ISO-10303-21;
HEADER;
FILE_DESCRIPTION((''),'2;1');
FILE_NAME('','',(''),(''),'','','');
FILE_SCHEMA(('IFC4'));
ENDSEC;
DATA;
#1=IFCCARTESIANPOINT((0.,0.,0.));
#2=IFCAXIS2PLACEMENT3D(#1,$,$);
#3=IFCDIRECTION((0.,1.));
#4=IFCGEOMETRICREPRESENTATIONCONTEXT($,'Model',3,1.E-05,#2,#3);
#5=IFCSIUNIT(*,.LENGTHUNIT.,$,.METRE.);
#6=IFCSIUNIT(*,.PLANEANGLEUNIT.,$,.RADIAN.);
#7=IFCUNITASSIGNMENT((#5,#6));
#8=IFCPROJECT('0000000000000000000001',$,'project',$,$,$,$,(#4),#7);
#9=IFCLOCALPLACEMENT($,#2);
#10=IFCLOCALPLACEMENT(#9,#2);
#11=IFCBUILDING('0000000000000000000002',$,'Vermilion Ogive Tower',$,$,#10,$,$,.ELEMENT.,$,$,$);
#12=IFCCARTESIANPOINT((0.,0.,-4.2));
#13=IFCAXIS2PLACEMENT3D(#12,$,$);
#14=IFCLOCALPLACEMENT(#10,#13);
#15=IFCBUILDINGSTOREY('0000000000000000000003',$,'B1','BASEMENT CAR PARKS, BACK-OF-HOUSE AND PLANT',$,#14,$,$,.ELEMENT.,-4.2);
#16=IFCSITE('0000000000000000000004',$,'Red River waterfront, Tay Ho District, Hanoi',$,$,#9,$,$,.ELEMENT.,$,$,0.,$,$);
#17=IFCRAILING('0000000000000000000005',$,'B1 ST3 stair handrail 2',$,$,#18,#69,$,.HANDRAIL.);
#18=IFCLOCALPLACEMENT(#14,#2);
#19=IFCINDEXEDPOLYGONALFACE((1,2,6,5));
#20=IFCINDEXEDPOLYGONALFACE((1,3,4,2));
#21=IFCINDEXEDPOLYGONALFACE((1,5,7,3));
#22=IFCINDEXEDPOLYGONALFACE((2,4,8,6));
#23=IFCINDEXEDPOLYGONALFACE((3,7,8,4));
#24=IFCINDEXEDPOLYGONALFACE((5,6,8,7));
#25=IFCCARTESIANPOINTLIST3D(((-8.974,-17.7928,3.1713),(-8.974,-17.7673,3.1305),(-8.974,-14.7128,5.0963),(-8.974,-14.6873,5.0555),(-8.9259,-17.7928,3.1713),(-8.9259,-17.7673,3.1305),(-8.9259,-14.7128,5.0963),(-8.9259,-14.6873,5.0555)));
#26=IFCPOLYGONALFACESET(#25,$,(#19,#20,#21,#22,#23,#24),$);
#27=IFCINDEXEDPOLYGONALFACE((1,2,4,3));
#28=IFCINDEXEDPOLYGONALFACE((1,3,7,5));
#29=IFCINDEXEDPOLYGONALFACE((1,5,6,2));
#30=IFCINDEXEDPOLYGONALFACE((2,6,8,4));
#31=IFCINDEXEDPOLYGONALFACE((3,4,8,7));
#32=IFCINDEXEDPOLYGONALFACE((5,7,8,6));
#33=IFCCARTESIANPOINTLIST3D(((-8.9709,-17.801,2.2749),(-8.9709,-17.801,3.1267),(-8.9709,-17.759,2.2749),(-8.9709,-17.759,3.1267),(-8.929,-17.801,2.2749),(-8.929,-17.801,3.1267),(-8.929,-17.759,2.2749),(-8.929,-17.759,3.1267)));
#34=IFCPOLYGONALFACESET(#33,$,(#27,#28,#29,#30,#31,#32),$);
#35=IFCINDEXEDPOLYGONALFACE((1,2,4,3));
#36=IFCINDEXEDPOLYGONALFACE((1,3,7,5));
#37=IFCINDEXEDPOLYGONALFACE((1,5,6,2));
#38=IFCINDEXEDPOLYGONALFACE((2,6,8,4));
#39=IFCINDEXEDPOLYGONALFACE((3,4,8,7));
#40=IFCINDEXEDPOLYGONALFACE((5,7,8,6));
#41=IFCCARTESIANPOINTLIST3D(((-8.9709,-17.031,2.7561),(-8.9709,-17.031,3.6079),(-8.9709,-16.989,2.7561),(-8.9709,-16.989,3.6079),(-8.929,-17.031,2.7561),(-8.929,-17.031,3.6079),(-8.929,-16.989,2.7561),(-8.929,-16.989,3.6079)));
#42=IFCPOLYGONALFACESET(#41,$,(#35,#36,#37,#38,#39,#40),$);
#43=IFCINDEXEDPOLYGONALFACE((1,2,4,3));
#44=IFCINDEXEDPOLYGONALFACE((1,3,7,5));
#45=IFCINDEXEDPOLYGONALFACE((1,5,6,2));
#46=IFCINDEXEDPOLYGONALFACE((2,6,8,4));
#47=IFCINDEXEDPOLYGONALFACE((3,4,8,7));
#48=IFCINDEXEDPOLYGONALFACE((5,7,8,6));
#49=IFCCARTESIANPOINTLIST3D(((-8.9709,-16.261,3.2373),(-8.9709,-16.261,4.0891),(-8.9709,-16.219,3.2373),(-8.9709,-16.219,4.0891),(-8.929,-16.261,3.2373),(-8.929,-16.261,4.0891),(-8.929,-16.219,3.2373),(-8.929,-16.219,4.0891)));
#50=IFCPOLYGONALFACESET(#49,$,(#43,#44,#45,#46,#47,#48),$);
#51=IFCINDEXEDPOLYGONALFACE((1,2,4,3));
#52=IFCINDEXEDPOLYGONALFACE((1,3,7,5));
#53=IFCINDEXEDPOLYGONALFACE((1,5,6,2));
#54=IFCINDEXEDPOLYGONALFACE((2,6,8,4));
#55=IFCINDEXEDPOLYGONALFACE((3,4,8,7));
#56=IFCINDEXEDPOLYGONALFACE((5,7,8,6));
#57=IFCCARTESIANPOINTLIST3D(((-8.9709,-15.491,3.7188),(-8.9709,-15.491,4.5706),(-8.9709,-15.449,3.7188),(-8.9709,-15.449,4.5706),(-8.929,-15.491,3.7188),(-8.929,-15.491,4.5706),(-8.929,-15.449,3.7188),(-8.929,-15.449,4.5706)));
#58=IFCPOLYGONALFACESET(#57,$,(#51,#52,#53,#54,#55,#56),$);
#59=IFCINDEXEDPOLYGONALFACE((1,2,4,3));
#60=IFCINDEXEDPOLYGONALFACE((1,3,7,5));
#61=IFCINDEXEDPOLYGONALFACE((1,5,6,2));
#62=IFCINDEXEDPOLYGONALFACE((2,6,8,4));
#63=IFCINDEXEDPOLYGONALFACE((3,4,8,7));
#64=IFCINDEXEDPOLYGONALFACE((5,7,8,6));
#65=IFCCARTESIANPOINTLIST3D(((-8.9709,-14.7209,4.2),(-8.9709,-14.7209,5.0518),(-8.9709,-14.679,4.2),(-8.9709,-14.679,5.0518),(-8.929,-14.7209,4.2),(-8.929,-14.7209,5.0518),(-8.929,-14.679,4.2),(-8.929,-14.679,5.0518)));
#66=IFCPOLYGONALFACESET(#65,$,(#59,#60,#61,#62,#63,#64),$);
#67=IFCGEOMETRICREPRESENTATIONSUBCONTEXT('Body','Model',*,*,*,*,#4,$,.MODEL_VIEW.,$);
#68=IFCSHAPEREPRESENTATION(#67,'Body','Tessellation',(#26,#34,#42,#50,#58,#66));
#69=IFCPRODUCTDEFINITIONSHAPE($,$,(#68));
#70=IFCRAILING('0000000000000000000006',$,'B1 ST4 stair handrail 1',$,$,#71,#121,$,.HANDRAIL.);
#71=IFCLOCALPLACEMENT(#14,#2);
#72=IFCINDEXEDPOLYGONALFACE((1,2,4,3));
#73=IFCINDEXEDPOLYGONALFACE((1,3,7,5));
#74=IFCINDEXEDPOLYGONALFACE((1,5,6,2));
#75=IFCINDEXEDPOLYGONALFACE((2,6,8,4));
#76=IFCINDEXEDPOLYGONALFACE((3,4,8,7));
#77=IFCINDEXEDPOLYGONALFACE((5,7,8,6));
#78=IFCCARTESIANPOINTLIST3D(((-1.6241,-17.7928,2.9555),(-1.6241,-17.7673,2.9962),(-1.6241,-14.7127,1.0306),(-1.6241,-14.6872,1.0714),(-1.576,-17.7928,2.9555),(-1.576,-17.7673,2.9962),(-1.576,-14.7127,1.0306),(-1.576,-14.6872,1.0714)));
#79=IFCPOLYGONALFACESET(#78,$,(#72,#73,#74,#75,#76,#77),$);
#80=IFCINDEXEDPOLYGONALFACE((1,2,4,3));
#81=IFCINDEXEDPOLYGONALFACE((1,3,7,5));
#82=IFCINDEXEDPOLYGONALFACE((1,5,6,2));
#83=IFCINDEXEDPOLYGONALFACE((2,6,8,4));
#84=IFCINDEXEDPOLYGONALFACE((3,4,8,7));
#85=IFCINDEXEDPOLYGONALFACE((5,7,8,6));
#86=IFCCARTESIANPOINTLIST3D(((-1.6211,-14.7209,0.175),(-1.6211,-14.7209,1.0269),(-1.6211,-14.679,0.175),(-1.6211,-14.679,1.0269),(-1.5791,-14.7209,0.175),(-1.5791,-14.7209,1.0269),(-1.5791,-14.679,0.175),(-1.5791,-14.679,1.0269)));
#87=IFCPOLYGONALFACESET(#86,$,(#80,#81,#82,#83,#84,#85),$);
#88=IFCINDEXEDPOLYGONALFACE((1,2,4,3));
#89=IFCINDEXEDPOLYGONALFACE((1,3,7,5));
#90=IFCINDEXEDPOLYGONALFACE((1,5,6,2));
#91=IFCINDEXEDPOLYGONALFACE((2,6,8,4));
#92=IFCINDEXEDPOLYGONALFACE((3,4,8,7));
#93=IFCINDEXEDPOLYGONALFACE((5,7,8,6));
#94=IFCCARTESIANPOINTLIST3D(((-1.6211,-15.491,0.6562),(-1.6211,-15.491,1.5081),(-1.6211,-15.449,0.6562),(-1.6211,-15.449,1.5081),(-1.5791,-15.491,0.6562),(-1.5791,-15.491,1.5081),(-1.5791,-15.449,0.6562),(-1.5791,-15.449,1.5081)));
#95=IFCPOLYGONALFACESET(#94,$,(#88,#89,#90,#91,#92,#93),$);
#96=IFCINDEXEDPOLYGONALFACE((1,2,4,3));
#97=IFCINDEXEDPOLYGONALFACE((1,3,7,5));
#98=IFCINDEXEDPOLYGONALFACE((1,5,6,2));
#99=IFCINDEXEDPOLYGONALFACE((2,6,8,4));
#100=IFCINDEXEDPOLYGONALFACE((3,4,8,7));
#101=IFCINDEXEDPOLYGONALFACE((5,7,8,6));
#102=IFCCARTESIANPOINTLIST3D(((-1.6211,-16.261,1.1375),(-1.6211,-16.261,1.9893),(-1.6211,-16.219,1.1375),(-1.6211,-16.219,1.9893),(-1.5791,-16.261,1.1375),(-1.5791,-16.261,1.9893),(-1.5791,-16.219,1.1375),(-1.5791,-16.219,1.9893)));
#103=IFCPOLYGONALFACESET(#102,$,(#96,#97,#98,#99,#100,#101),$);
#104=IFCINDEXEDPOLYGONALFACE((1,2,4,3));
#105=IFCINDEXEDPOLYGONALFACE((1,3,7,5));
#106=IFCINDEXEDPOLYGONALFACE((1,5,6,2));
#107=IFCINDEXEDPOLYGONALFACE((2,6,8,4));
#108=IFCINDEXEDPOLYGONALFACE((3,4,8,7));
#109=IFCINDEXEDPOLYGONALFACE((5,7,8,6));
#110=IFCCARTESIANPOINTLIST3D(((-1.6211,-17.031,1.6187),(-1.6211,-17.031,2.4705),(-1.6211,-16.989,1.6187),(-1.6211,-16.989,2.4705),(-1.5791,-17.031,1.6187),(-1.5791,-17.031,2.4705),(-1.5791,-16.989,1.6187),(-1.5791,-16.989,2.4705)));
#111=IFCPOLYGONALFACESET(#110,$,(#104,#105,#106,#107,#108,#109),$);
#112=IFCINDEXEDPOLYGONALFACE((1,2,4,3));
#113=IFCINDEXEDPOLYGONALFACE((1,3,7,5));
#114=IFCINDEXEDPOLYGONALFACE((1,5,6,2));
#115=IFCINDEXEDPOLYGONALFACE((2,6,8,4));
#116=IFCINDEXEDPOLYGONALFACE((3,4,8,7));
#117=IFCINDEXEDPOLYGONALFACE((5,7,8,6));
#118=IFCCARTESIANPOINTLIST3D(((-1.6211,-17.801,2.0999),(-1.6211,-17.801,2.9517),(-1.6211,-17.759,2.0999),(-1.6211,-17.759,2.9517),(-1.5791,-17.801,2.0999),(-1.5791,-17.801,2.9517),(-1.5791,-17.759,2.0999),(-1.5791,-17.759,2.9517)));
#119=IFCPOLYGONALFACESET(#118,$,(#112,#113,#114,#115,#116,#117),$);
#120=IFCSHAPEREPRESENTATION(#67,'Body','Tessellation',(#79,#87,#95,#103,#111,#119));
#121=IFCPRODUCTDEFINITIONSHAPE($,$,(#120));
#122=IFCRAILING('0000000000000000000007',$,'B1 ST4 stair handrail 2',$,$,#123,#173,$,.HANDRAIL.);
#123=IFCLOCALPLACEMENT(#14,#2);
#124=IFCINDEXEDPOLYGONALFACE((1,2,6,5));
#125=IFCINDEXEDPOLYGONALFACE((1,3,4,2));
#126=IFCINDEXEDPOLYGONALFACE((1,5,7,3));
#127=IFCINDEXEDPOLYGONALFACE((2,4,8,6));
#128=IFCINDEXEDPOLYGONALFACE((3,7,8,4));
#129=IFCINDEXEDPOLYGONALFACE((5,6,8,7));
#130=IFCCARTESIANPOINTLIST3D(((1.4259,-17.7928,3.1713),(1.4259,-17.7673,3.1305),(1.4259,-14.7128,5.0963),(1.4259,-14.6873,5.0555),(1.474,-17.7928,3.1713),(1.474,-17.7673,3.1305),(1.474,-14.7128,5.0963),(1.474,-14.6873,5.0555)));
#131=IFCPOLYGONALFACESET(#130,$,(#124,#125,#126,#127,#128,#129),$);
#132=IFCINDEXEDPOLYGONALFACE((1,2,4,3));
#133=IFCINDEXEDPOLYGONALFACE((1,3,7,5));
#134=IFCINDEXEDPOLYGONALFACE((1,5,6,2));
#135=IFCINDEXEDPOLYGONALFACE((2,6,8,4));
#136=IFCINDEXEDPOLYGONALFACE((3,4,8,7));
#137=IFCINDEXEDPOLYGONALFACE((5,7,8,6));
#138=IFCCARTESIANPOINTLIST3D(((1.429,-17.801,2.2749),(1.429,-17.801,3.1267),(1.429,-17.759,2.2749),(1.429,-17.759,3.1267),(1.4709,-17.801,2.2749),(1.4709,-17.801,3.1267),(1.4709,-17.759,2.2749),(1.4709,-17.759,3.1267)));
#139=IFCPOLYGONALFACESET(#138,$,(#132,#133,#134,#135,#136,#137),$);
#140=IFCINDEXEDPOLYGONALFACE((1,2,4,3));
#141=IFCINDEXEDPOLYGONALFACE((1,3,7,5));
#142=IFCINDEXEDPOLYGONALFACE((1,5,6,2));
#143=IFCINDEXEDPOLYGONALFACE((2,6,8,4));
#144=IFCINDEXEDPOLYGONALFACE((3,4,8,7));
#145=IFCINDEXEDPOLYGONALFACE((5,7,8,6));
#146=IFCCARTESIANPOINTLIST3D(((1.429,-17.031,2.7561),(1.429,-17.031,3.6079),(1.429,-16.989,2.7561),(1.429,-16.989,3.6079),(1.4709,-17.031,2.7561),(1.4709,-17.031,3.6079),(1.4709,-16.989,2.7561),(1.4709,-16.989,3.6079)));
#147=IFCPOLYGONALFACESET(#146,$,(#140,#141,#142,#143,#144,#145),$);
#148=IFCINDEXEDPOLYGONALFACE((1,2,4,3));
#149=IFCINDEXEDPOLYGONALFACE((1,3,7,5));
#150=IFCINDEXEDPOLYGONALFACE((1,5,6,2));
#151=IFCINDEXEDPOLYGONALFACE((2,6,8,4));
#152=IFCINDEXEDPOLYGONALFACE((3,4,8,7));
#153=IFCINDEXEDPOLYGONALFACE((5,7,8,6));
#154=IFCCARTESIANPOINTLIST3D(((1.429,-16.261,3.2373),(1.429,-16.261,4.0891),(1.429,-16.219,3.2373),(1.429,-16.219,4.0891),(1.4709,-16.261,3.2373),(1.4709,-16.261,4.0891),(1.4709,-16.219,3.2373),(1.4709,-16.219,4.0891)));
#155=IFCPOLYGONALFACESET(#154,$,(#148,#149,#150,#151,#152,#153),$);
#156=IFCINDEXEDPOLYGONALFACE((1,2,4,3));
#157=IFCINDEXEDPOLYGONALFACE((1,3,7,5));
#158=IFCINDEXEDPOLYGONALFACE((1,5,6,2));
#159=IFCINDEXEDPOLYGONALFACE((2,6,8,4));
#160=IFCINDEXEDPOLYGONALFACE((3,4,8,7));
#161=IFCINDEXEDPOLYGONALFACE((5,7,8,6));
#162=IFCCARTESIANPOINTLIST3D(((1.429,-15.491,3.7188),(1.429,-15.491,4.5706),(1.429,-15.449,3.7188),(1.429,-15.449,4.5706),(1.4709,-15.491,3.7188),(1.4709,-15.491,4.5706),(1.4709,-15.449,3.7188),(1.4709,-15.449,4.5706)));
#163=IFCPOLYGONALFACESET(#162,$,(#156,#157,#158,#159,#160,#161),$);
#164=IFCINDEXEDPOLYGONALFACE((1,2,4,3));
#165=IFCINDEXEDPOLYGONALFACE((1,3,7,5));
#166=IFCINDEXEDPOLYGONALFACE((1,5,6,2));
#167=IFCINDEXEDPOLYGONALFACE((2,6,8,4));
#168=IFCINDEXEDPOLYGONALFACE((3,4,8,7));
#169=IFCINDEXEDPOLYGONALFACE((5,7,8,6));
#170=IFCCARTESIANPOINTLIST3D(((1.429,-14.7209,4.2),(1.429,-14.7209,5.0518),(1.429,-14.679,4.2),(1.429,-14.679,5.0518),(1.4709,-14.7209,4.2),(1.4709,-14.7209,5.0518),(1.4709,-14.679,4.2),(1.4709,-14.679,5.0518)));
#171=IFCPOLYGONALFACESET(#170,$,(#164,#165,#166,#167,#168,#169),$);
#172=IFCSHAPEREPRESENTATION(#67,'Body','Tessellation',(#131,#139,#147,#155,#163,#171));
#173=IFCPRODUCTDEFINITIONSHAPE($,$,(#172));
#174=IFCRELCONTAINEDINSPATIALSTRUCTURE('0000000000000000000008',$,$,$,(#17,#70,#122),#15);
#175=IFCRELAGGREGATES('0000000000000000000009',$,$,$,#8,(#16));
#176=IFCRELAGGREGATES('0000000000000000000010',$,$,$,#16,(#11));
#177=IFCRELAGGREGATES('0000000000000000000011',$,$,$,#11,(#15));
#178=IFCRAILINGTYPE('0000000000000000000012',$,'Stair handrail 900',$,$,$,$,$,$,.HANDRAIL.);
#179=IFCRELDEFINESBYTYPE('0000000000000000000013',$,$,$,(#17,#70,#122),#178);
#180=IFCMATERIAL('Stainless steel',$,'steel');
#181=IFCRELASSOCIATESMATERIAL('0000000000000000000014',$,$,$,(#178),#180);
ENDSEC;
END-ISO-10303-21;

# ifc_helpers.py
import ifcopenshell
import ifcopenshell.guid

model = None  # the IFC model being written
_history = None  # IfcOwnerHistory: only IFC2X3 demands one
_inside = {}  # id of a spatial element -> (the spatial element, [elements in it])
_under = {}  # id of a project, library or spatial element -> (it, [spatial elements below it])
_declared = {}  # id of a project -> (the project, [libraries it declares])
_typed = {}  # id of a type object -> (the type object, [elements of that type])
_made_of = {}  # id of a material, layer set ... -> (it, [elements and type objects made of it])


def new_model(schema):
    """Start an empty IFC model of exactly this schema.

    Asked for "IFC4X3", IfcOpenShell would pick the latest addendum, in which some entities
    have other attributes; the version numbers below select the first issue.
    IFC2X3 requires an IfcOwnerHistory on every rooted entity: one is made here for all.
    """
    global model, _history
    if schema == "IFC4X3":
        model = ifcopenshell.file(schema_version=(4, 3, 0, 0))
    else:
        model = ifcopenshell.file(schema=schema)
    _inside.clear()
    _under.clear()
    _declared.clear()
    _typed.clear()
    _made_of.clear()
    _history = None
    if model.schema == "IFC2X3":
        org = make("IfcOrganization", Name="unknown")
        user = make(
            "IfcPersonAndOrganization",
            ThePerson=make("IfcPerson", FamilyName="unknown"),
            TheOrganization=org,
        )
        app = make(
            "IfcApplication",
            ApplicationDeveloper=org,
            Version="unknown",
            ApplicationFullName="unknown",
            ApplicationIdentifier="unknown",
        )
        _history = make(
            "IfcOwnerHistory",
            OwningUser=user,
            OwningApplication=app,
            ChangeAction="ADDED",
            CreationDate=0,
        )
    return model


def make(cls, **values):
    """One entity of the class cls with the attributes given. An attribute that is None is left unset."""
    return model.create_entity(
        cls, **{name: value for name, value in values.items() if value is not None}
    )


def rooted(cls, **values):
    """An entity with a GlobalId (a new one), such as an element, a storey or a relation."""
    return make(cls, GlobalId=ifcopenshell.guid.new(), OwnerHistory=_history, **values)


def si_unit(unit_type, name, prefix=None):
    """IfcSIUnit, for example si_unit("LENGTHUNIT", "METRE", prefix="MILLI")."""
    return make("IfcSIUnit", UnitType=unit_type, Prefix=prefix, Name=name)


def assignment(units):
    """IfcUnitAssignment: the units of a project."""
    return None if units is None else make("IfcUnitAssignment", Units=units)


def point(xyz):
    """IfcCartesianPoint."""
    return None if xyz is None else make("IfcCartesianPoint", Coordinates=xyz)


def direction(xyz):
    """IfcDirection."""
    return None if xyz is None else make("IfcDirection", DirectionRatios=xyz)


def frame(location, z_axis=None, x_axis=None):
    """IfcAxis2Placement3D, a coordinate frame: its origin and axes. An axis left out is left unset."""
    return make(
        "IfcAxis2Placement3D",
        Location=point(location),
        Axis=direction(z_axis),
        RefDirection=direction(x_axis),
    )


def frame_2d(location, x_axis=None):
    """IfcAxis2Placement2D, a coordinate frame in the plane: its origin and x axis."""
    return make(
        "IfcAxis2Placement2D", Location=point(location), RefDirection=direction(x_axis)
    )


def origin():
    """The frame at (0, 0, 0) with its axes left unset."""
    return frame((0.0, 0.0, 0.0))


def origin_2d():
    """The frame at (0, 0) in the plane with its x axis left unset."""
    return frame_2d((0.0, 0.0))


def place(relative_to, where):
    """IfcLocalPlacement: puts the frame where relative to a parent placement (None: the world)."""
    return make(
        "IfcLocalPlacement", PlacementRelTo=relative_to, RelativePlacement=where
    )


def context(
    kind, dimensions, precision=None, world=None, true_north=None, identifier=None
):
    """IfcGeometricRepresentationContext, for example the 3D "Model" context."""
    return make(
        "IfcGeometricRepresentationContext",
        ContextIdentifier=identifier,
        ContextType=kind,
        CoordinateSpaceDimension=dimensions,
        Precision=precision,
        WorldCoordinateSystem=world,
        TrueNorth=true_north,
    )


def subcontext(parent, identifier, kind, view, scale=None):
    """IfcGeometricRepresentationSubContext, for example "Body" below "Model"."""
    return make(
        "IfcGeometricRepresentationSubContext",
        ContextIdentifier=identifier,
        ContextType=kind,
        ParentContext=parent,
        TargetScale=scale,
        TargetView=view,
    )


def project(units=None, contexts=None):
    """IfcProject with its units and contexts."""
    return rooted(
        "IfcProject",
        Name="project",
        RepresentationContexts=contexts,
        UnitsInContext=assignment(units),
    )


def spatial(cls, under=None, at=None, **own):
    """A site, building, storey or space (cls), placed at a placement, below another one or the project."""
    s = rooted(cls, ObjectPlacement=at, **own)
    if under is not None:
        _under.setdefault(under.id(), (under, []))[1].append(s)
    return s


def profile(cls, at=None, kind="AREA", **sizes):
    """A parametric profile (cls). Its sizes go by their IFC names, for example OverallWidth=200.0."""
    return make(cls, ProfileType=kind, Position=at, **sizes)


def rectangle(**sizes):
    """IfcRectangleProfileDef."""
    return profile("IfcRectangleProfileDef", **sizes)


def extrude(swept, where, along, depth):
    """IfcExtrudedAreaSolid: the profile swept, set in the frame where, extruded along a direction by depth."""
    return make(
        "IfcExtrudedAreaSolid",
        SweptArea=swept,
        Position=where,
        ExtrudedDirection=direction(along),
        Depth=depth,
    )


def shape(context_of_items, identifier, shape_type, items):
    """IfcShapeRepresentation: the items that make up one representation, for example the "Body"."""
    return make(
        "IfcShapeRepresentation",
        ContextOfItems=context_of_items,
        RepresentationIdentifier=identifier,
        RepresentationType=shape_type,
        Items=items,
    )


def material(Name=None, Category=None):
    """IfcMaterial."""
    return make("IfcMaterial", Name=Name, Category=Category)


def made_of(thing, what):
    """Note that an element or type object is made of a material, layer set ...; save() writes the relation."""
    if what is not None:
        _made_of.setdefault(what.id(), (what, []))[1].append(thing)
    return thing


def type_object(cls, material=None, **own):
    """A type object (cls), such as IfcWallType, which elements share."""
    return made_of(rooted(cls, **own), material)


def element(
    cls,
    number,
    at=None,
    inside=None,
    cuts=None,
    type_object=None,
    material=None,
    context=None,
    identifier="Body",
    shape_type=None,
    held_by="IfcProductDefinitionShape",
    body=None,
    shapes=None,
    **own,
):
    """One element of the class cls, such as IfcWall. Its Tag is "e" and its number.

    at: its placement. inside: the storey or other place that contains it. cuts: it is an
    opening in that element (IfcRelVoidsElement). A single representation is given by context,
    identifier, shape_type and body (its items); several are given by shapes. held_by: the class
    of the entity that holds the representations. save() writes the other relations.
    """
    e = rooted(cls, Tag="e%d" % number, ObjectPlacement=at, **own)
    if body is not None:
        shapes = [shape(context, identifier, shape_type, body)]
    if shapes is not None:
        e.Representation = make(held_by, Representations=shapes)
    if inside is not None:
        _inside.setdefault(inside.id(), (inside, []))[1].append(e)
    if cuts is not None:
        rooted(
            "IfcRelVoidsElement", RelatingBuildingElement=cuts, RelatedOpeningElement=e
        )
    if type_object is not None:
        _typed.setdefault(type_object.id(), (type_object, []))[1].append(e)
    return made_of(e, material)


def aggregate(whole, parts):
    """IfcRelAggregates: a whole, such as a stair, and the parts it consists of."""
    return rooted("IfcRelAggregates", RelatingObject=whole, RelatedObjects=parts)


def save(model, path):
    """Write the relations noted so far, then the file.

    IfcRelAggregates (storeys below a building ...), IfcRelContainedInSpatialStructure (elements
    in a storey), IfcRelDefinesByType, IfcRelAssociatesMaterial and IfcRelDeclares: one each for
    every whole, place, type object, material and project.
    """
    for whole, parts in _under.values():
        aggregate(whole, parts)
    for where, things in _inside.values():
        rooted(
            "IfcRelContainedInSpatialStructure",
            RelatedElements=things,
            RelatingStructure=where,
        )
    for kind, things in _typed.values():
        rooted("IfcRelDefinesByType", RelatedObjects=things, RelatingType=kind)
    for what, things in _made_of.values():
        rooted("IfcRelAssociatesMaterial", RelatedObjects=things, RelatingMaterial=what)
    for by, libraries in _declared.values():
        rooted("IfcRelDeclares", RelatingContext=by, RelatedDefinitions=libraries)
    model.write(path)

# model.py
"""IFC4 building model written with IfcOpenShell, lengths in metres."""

from ifc_helpers import new_model, si_unit, direction, frame, origin, origin_2d, place, context, subcontext, project, spatial, rectangle, extrude, material, type_object, element, save


model = new_model("IFC4")

# Units and contexts
model_context = context("Model", 3, precision=1e-05, world=origin(), true_north=direction((0.0, 1.0)))
body_context = subcontext(model_context, "Body", "Model", "MODEL_VIEW")
ifc_project = project(units=[si_unit("LENGTHUNIT", "METRE"), si_unit("PLANEANGLEUNIT", "RADIAN")], contexts=[model_context])

# Site, building, storey
site_placement = place(None, origin())
site = spatial("IfcSite", under=ifc_project, at=site_placement, Name="Red River waterfront, Tay Ho District, Hanoi", CompositionType="ELEMENT", RefElevation=0.0)
building_placement = place(site_placement, origin())
building = spatial("IfcBuilding", under=site, at=building_placement, Name="Vermilion Ogive Tower", CompositionType="ELEMENT")
storey_placement = place(building_placement, frame((0.0, 0.0, -4.2)))
storey = spatial("IfcBuildingStorey", under=building, at=storey_placement, Name="B1", Description="BASEMENT CAR PARKS, BACK-OF-HOUSE AND PLANT", CompositionType="ELEMENT", Elevation=-4.2)

# Railings
ifc_material_1 = material(Name="Stainless steel", Category="steel")
railing_type_1 = type_object("IfcRailingType", Name="Stair handrail 900", PredefinedType="HANDRAIL", material=ifc_material_1)
railing_1_placement = place(storey_placement, frame((-8.95, -17.78, 2.2749)))
element("IfcRailing", 1, at=railing_1_placement, inside=storey, type_object=railing_type_1, Name="B1 ST3 stair handrail 2", PredefinedType="HANDRAIL", context=body_context, shape_type="SweptSolid", body=[
    extrude(rectangle(XDim=0.0481, YDim=0.0481, at=origin_2d()), frame((0.0, 0.0, 0.876), z_axis=(0.0, 0.847998, 0.529999), x_axis=(-1.0, 0.0, 0.0)), (0.0, 0.0, 1.0), 3.6321),
    extrude(rectangle(XDim=0.042, YDim=0.042, at=origin_2d()), origin(), (0.0, 0.0, 1.0), 0.8518),
    extrude(rectangle(XDim=0.042, YDim=0.042, at=origin_2d()), frame((0.0, 0.77, 0.4812)), (0.0, 0.0, 1.0), 0.8518),
    extrude(rectangle(XDim=0.042, YDim=0.042, at=origin_2d()), frame((0.0, 1.54, 0.9624)), (0.0, 0.0, 1.0), 0.8518),
    extrude(rectangle(XDim=0.042, YDim=0.042, at=origin_2d()), frame((0.0, 2.3101, 1.4438)), (0.0, 0.0, 1.0), 0.8518),
    extrude(rectangle(XDim=0.042, YDim=0.042, at=origin_2d()), frame((0.0, 3.0801, 1.925)), (0.0, 0.0, 1.0), 0.8518),
])
railing_2_placement = place(storey_placement, frame((-1.6001, -14.7, 0.175)))
element("IfcRailing", 2, at=railing_2_placement, inside=storey, type_object=railing_type_1, Name="B1 ST4 stair handrail 1", PredefinedType="HANDRAIL", context=body_context, shape_type="SweptSolid", body=[
    extrude(rectangle(XDim=0.0481, YDim=0.0481, at=origin_2d()), frame((0.0, 0.0, 0.876), z_axis=(0.0, -0.848029, 0.529951), x_axis=(1.0, 0.0, 0.0)), (0.0, 0.0, 1.0), 3.6321),
    extrude(rectangle(XDim=0.042, YDim=0.042, at=origin_2d()), origin(), (0.0, 0.0, 1.0), 0.8518),
    extrude(rectangle(XDim=0.042, YDim=0.042, at=origin_2d()), frame((0.0, -0.77, 0.4812)), (0.0, 0.0, 1.0), 0.8518),
    extrude(rectangle(XDim=0.042, YDim=0.042, at=origin_2d()), frame((0.0, -1.54, 0.9624)), (0.0, 0.0, 1.0), 0.8518),
    extrude(rectangle(XDim=0.042, YDim=0.042, at=origin_2d()), frame((0.0, -2.3101, 1.4436)), (0.0, 0.0, 1.0), 0.8518),
    extrude(rectangle(XDim=0.042, YDim=0.042, at=origin_2d()), frame((0.0, -3.0801, 1.9248)), (0.0, 0.0, 1.0), 0.8518),
])
railing_3_placement = place(storey_placement, frame((1.45, -17.78, 2.2749)))
element("IfcRailing", 3, at=railing_3_placement, inside=storey, type_object=railing_type_1, Name="B1 ST4 stair handrail 2", PredefinedType="HANDRAIL", context=body_context, shape_type="SweptSolid", body=[
    extrude(rectangle(XDim=0.0481, YDim=0.0481, at=origin_2d()), frame((0.0, 0.0, 0.876), z_axis=(0.0, 0.847998, 0.529999), x_axis=(-1.0, 0.0, 0.0)), (0.0, 0.0, 1.0), 3.6321),
    extrude(rectangle(XDim=0.042, YDim=0.042, at=origin_2d()), origin(), (0.0, 0.0, 1.0), 0.8518),
    extrude(rectangle(XDim=0.042, YDim=0.042, at=origin_2d()), frame((0.0, 0.77, 0.4812)), (0.0, 0.0, 1.0), 0.8518),
    extrude(rectangle(XDim=0.042, YDim=0.042, at=origin_2d()), frame((0.0, 1.54, 0.9624)), (0.0, 0.0, 1.0), 0.8518),
    extrude(rectangle(XDim=0.042, YDim=0.042, at=origin_2d()), frame((0.0, 2.3101, 1.4438)), (0.0, 0.0, 1.0), 0.8518),
    extrude(rectangle(XDim=0.042, YDim=0.042, at=origin_2d()), frame((0.0, 3.0801, 1.925)), (0.0, 0.0, 1.0), 0.8518),
])

save(model, "model.ifc")
